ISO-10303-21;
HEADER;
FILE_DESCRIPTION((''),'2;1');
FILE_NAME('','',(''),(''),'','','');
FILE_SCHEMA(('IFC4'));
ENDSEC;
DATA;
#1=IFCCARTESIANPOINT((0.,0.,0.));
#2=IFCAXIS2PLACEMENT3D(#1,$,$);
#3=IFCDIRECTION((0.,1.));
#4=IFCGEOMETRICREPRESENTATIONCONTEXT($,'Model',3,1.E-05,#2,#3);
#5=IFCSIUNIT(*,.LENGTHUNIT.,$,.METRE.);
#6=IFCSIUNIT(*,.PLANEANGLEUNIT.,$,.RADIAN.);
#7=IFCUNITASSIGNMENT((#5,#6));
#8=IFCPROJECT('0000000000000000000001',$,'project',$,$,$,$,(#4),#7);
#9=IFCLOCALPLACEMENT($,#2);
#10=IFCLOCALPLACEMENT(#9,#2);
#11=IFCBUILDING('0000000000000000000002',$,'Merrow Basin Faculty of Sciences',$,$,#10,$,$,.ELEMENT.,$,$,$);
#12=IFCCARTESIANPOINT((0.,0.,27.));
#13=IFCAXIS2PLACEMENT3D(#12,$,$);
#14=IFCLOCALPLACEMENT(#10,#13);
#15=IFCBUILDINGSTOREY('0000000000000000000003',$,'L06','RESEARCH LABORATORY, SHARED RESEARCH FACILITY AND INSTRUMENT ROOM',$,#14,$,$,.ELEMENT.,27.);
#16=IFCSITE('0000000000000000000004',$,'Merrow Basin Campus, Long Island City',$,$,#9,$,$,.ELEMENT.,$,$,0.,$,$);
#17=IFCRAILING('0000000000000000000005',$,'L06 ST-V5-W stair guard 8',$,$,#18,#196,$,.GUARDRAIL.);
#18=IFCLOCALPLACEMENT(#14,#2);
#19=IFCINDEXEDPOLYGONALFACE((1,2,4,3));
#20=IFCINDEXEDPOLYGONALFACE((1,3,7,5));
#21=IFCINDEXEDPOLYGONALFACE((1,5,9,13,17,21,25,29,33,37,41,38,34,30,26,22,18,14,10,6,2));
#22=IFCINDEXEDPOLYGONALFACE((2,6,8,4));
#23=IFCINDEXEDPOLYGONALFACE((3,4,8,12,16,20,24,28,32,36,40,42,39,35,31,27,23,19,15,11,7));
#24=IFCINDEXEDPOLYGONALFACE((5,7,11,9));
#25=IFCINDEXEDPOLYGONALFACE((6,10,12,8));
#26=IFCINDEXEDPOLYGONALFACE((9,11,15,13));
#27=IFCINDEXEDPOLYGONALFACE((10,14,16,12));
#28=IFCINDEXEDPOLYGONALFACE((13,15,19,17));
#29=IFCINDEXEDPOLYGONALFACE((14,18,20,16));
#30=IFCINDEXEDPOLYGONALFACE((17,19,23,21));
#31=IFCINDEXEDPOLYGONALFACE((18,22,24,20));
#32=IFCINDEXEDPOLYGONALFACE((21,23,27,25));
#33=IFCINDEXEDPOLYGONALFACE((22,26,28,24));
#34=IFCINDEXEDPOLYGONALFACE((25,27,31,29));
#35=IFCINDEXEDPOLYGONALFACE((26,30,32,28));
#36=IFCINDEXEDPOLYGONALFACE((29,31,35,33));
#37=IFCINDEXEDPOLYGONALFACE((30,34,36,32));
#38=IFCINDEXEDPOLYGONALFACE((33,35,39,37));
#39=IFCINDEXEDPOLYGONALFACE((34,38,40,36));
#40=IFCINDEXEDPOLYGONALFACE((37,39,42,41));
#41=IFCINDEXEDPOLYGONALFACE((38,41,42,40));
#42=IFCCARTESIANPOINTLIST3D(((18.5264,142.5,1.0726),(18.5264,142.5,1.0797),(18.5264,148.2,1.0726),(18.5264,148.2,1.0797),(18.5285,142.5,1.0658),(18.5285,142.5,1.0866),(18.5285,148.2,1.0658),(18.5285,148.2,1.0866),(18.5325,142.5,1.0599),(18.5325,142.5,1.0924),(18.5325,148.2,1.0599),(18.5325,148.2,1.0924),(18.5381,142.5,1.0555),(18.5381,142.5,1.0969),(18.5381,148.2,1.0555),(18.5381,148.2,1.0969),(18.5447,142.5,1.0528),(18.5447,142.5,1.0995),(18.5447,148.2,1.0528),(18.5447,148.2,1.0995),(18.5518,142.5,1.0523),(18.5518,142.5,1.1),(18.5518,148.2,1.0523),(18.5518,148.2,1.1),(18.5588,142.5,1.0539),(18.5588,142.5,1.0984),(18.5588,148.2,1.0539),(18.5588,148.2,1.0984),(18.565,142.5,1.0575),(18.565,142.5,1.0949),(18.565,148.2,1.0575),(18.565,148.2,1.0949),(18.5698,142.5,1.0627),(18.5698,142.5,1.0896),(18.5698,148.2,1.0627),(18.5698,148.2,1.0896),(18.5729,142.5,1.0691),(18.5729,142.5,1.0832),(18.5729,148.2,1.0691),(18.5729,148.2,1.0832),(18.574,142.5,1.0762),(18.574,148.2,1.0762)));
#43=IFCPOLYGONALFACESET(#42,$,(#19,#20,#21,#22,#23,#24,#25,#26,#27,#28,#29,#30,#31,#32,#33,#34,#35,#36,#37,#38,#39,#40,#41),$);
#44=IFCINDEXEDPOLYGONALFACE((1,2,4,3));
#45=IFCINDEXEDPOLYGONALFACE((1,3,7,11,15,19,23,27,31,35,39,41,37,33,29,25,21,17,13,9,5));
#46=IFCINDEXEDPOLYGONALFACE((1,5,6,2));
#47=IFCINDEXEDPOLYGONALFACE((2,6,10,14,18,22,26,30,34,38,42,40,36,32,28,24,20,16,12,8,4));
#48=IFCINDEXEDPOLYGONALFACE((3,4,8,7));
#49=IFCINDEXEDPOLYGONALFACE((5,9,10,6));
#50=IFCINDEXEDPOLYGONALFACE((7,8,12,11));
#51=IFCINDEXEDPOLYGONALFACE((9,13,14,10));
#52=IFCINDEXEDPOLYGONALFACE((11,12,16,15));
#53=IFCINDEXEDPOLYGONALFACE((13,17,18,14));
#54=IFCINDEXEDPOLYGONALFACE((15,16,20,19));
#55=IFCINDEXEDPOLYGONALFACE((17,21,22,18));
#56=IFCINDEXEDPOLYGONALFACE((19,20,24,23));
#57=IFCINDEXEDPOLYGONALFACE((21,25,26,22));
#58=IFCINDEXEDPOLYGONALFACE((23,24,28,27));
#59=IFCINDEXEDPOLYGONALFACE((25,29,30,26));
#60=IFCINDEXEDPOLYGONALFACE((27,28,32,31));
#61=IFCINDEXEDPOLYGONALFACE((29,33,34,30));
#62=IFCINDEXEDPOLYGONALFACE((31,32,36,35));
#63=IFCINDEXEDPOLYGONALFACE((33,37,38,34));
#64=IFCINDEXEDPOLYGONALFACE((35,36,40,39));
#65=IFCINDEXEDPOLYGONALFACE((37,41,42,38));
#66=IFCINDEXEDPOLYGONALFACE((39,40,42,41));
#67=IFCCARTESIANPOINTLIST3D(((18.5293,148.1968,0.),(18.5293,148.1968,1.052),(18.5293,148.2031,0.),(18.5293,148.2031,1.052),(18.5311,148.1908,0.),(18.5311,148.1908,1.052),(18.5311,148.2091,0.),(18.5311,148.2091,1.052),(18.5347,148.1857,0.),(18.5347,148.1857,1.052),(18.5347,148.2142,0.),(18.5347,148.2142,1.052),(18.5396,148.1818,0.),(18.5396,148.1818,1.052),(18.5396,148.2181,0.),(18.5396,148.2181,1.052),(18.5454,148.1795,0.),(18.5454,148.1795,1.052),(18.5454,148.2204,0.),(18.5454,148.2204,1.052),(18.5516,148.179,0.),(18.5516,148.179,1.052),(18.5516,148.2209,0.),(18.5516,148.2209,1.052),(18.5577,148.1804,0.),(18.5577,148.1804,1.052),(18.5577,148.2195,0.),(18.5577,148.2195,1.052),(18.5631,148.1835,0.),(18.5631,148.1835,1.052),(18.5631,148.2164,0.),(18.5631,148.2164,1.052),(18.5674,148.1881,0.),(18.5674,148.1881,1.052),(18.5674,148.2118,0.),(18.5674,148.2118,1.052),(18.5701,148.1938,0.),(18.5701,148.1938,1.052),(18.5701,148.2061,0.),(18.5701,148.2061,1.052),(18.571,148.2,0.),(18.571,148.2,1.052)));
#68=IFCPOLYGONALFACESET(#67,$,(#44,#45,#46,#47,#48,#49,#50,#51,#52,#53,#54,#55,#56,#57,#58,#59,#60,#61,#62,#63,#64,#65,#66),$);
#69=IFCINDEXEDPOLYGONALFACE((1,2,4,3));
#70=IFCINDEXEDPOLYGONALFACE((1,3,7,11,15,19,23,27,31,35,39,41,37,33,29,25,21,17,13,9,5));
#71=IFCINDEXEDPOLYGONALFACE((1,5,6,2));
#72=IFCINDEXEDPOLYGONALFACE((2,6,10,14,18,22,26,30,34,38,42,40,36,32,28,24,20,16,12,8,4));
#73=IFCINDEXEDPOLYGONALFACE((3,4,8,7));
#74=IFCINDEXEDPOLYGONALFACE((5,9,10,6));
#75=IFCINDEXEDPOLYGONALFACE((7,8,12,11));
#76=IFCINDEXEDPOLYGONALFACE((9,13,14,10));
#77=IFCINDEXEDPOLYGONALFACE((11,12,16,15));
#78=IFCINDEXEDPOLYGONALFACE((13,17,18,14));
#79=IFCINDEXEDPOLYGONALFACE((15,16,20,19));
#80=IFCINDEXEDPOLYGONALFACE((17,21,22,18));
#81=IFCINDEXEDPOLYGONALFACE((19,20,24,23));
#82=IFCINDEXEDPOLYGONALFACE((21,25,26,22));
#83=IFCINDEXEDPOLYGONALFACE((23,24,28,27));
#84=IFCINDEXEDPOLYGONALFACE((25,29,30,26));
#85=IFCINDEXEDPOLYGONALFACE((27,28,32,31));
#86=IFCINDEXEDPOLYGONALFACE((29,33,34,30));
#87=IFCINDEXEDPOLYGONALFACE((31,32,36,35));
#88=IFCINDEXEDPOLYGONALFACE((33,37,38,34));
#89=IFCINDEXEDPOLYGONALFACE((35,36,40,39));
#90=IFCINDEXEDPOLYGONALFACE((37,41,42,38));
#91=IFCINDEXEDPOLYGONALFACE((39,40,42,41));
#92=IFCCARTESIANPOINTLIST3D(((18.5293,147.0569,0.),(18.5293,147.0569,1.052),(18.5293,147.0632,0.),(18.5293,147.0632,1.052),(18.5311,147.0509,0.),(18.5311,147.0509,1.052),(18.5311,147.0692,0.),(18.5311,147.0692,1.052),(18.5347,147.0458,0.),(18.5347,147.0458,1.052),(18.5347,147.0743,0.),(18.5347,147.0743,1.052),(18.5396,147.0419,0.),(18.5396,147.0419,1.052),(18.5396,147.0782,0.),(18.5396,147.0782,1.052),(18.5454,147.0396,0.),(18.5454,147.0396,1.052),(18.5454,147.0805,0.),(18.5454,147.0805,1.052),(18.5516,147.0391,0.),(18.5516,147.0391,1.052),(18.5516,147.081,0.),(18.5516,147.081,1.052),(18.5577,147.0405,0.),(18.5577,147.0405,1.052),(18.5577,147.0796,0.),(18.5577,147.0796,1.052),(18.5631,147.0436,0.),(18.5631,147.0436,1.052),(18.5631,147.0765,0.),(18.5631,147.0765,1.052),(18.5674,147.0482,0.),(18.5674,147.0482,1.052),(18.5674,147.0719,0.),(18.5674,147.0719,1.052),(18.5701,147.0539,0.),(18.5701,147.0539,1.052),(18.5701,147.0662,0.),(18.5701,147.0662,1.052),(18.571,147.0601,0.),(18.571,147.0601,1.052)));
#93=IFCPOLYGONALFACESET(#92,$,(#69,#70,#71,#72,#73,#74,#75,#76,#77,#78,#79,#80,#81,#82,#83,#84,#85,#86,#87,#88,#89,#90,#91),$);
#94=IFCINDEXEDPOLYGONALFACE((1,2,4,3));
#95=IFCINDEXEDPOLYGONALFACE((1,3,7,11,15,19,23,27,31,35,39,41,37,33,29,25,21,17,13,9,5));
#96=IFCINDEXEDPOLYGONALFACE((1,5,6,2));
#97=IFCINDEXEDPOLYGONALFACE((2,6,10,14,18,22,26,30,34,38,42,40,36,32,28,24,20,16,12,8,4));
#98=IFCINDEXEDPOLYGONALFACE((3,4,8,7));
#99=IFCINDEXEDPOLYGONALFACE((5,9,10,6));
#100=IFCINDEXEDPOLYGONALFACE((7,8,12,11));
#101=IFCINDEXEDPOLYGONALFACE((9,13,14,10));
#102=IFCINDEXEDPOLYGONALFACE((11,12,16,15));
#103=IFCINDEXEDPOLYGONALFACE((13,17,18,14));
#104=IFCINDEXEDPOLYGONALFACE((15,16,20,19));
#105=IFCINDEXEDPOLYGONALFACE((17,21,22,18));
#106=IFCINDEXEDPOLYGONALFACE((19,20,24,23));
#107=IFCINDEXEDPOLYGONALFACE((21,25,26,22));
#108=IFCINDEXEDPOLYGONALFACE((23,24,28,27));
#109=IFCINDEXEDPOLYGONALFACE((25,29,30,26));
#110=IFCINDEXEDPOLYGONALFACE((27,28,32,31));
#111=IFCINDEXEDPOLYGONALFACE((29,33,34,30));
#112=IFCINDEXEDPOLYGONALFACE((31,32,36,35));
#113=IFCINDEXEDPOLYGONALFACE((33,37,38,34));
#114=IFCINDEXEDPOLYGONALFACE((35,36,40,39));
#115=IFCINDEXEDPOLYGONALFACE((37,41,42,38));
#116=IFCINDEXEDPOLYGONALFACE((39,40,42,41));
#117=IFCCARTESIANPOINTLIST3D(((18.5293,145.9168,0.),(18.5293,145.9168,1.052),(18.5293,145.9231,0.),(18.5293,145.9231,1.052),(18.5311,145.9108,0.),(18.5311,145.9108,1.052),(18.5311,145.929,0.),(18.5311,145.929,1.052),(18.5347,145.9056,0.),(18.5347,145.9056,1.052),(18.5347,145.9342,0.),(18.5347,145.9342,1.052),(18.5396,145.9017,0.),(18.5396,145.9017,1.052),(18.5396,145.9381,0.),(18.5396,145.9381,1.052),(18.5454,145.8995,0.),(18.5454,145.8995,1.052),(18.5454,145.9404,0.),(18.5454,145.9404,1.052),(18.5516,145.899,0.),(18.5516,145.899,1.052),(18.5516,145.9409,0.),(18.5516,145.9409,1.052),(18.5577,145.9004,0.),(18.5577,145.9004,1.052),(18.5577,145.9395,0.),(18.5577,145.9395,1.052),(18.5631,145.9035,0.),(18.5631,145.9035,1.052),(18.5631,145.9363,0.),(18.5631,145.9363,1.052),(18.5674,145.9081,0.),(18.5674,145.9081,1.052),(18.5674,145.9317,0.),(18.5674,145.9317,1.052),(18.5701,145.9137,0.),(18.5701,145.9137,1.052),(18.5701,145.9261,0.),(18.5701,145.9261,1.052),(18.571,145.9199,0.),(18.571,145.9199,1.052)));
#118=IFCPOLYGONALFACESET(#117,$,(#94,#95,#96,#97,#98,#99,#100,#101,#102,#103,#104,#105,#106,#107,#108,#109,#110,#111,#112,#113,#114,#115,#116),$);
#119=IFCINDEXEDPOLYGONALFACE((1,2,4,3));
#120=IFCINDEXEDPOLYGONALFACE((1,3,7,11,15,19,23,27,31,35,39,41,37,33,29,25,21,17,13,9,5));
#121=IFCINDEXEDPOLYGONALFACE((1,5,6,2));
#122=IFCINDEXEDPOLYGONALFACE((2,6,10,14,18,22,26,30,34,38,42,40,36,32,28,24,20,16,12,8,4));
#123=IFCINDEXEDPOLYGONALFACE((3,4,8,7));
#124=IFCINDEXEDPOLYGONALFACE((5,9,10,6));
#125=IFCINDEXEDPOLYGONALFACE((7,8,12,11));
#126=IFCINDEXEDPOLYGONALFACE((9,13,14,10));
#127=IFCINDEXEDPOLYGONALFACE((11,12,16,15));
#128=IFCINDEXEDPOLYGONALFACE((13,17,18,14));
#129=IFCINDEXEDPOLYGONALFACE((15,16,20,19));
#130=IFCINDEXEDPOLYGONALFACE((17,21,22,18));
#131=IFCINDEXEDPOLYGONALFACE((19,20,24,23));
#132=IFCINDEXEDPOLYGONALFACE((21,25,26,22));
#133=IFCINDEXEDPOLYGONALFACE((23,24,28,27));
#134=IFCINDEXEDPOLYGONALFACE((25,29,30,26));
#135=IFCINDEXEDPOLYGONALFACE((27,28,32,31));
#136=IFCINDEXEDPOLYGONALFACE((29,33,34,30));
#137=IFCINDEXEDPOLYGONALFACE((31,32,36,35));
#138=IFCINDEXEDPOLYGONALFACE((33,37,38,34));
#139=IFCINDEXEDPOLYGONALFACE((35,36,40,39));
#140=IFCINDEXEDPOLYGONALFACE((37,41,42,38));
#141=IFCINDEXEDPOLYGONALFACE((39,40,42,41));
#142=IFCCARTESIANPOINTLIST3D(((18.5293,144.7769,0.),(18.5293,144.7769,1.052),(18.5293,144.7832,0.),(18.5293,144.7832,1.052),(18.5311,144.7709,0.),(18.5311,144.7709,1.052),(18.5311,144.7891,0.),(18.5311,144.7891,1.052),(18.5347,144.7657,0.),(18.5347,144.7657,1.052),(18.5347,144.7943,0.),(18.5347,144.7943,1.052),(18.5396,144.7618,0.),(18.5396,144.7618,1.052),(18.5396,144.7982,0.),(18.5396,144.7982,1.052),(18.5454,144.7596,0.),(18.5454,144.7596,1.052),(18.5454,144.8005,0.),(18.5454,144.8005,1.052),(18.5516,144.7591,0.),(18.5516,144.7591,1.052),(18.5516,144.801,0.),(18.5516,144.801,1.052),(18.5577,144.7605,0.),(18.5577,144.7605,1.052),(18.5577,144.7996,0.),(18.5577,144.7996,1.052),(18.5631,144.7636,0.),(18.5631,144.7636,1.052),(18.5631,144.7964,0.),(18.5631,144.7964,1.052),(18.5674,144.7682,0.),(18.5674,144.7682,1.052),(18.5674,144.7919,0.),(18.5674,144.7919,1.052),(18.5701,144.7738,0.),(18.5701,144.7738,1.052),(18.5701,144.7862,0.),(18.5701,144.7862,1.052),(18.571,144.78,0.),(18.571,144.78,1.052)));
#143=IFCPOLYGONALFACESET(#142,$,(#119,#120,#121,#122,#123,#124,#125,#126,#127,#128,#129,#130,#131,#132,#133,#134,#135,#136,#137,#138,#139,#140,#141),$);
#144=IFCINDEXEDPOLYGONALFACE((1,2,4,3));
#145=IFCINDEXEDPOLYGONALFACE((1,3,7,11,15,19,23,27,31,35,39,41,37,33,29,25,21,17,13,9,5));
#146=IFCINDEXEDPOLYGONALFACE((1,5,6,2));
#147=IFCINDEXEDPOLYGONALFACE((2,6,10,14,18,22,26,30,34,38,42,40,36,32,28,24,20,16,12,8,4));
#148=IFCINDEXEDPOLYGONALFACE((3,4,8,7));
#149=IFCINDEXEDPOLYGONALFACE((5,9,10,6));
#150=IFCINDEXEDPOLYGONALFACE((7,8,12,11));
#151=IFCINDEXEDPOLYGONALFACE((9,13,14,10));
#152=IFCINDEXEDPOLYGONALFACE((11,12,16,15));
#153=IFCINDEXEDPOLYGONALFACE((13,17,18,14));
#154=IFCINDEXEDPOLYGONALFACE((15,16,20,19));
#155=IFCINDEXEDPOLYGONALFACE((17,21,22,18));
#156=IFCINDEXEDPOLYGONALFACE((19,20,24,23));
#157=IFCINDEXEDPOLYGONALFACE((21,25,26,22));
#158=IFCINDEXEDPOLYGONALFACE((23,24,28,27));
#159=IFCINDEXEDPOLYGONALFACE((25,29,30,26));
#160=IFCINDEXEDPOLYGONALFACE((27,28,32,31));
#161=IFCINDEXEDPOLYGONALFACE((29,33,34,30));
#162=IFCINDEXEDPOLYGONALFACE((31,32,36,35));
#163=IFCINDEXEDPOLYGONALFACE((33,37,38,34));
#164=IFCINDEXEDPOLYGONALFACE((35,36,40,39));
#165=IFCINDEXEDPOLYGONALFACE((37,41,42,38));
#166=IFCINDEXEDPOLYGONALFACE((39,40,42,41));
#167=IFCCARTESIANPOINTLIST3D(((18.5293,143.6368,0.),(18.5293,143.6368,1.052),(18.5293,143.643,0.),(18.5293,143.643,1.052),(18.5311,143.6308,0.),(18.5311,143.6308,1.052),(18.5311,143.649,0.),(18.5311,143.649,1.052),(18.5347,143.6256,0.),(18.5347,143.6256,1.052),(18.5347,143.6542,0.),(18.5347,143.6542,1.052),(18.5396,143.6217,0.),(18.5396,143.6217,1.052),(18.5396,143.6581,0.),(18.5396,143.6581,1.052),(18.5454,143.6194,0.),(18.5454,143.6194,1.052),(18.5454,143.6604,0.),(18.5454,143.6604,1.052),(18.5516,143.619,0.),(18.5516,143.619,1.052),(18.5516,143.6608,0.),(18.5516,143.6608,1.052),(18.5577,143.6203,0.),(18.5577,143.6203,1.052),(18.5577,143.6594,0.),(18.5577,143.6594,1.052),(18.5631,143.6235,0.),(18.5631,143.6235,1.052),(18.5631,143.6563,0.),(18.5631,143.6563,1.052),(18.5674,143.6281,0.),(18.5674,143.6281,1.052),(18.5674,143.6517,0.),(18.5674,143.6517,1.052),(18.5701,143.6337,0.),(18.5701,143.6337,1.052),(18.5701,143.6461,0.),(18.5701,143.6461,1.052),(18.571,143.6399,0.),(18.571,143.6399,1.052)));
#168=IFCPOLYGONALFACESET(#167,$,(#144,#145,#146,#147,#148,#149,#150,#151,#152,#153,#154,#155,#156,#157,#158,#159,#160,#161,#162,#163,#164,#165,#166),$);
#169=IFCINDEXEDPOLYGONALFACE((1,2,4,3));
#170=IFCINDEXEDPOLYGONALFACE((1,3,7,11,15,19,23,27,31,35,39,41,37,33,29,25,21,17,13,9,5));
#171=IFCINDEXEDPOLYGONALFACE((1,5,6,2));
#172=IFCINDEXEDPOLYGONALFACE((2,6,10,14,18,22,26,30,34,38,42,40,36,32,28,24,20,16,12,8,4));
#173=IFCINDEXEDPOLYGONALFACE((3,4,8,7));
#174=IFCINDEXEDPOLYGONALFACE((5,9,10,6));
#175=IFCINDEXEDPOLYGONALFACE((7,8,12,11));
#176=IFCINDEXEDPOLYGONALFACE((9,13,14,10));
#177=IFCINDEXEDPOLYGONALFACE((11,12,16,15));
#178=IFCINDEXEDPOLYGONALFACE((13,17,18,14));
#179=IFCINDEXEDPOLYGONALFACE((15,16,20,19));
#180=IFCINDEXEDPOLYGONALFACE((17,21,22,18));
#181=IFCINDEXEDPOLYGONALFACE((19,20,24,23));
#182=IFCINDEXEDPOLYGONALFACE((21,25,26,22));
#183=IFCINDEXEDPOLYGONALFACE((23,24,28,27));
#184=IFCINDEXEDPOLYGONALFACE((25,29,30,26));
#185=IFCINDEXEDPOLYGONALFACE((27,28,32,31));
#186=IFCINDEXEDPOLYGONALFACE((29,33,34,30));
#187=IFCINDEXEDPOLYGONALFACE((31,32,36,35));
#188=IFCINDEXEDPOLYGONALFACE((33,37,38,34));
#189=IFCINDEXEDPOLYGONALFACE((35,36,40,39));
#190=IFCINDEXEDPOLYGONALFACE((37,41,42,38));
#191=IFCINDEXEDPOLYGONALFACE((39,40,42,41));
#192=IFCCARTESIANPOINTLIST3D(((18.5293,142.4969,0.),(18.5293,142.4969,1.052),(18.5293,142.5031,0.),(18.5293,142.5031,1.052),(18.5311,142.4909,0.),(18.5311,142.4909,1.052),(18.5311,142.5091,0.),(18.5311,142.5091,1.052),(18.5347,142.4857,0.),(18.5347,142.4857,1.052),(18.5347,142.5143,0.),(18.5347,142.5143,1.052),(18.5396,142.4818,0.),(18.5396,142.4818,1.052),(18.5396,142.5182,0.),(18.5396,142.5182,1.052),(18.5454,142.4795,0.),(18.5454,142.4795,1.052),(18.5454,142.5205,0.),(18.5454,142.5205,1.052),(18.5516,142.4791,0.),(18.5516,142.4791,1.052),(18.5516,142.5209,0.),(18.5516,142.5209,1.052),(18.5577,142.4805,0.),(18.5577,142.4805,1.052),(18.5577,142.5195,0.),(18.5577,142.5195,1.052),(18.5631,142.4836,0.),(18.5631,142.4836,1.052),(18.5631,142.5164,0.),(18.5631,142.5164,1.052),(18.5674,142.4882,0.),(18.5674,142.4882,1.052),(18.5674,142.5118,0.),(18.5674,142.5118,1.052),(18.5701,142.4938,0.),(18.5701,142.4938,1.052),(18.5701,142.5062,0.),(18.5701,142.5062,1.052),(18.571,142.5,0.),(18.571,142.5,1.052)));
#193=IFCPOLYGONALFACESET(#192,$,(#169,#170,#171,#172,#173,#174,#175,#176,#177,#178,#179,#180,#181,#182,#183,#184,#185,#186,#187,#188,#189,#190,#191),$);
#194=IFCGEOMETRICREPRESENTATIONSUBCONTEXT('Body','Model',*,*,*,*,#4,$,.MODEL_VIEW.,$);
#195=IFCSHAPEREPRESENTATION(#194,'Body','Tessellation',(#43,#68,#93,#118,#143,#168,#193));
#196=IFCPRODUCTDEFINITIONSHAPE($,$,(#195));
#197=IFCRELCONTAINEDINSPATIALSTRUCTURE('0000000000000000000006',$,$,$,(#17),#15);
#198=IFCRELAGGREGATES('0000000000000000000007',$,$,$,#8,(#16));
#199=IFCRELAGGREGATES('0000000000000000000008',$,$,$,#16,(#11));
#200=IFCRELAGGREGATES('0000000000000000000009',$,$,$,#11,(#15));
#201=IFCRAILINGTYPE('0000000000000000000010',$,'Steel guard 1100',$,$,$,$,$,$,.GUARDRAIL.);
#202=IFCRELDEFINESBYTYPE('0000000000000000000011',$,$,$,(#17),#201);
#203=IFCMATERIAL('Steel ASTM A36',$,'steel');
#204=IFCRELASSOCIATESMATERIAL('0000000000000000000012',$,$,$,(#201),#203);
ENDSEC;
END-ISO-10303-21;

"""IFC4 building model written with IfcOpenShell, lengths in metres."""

from ifc_helpers import new_model, si_unit, direction, frame, origin, origin_2d, place, context, subcontext, project, spatial, circle, extrude, material, type_object, element, save


model = new_model("IFC4")

# Units and contexts
model_context = context("Model", 3, precision=1e-05, world=origin(), true_north=direction((0.0, 1.0)))
body_context = subcontext(model_context, "Body", "Model", "MODEL_VIEW")
ifc_project = project(units=[si_unit("LENGTHUNIT", "METRE"), si_unit("PLANEANGLEUNIT", "RADIAN")], contexts=[model_context])

# Site, building, storey
site_placement = place(None, origin())
site = spatial("IfcSite", under=ifc_project, at=site_placement, Name="Merrow Basin Campus, Long Island City", CompositionType="ELEMENT", RefElevation=0.0)
building_placement = place(site_placement, origin())
building = spatial("IfcBuilding", under=site, at=building_placement, Name="Merrow Basin Faculty of Sciences", CompositionType="ELEMENT")
storey_placement = place(building_placement, frame((0.0, 0.0, 27.0)))
storey = spatial("IfcBuildingStorey", under=building, at=storey_placement, Name="L06", Description="RESEARCH LABORATORY, SHARED RESEARCH FACILITY AND INSTRUMENT ROOM", CompositionType="ELEMENT", Elevation=27.0)

# Railing
ifc_material_1 = material(Name="Steel ASTM A36", Category="steel")
railing_type_1 = type_object("IfcRailingType", Name="Steel guard 1100", PredefinedType="GUARDRAIL", material=ifc_material_1)
railing_1_placement = place(storey_placement, frame((18.55, 148.2, 0.0)))
element("IfcRailing", 1, at=railing_1_placement, inside=storey, type_object=railing_type_1, Name="L06 ST-V5-W stair guard 8", PredefinedType="GUARDRAIL", context=body_context, shape_type="SweptSolid", body=[
    extrude(circle(Radius=0.0239, at=origin_2d()), frame((0.0, 0.0, 1.0762), z_axis=(0.0, -1.0, 0.0), x_axis=(1.0, 0.0, 0.0)), (0.0, 0.0, 1.0), 5.7),
    extrude(circle(Radius=0.021, at=origin_2d()), origin(), (0.0, 0.0, 1.0), 1.052),
    extrude(circle(Radius=0.021, at=origin_2d()), frame((0.0, -1.1399, 0.0)), (0.0, 0.0, 1.0), 1.052),
    extrude(circle(Radius=0.021, at=origin_2d()), frame((0.0, -2.28, 0.0)), (0.0, 0.0, 1.0), 1.052),
    extrude(circle(Radius=0.021, at=origin_2d()), frame((0.0, -3.4199, 0.0)), (0.0, 0.0, 1.0), 1.052),
    extrude(circle(Radius=0.021, at=origin_2d()), frame((0.0, -4.5601, 0.0)), (0.0, 0.0, 1.0), 1.052),
    extrude(circle(Radius=0.021, at=origin_2d()), frame((0.0, -5.7, 0.0)), (0.0, 0.0, 1.0), 1.052),
])

save(model, "model.ifc")
